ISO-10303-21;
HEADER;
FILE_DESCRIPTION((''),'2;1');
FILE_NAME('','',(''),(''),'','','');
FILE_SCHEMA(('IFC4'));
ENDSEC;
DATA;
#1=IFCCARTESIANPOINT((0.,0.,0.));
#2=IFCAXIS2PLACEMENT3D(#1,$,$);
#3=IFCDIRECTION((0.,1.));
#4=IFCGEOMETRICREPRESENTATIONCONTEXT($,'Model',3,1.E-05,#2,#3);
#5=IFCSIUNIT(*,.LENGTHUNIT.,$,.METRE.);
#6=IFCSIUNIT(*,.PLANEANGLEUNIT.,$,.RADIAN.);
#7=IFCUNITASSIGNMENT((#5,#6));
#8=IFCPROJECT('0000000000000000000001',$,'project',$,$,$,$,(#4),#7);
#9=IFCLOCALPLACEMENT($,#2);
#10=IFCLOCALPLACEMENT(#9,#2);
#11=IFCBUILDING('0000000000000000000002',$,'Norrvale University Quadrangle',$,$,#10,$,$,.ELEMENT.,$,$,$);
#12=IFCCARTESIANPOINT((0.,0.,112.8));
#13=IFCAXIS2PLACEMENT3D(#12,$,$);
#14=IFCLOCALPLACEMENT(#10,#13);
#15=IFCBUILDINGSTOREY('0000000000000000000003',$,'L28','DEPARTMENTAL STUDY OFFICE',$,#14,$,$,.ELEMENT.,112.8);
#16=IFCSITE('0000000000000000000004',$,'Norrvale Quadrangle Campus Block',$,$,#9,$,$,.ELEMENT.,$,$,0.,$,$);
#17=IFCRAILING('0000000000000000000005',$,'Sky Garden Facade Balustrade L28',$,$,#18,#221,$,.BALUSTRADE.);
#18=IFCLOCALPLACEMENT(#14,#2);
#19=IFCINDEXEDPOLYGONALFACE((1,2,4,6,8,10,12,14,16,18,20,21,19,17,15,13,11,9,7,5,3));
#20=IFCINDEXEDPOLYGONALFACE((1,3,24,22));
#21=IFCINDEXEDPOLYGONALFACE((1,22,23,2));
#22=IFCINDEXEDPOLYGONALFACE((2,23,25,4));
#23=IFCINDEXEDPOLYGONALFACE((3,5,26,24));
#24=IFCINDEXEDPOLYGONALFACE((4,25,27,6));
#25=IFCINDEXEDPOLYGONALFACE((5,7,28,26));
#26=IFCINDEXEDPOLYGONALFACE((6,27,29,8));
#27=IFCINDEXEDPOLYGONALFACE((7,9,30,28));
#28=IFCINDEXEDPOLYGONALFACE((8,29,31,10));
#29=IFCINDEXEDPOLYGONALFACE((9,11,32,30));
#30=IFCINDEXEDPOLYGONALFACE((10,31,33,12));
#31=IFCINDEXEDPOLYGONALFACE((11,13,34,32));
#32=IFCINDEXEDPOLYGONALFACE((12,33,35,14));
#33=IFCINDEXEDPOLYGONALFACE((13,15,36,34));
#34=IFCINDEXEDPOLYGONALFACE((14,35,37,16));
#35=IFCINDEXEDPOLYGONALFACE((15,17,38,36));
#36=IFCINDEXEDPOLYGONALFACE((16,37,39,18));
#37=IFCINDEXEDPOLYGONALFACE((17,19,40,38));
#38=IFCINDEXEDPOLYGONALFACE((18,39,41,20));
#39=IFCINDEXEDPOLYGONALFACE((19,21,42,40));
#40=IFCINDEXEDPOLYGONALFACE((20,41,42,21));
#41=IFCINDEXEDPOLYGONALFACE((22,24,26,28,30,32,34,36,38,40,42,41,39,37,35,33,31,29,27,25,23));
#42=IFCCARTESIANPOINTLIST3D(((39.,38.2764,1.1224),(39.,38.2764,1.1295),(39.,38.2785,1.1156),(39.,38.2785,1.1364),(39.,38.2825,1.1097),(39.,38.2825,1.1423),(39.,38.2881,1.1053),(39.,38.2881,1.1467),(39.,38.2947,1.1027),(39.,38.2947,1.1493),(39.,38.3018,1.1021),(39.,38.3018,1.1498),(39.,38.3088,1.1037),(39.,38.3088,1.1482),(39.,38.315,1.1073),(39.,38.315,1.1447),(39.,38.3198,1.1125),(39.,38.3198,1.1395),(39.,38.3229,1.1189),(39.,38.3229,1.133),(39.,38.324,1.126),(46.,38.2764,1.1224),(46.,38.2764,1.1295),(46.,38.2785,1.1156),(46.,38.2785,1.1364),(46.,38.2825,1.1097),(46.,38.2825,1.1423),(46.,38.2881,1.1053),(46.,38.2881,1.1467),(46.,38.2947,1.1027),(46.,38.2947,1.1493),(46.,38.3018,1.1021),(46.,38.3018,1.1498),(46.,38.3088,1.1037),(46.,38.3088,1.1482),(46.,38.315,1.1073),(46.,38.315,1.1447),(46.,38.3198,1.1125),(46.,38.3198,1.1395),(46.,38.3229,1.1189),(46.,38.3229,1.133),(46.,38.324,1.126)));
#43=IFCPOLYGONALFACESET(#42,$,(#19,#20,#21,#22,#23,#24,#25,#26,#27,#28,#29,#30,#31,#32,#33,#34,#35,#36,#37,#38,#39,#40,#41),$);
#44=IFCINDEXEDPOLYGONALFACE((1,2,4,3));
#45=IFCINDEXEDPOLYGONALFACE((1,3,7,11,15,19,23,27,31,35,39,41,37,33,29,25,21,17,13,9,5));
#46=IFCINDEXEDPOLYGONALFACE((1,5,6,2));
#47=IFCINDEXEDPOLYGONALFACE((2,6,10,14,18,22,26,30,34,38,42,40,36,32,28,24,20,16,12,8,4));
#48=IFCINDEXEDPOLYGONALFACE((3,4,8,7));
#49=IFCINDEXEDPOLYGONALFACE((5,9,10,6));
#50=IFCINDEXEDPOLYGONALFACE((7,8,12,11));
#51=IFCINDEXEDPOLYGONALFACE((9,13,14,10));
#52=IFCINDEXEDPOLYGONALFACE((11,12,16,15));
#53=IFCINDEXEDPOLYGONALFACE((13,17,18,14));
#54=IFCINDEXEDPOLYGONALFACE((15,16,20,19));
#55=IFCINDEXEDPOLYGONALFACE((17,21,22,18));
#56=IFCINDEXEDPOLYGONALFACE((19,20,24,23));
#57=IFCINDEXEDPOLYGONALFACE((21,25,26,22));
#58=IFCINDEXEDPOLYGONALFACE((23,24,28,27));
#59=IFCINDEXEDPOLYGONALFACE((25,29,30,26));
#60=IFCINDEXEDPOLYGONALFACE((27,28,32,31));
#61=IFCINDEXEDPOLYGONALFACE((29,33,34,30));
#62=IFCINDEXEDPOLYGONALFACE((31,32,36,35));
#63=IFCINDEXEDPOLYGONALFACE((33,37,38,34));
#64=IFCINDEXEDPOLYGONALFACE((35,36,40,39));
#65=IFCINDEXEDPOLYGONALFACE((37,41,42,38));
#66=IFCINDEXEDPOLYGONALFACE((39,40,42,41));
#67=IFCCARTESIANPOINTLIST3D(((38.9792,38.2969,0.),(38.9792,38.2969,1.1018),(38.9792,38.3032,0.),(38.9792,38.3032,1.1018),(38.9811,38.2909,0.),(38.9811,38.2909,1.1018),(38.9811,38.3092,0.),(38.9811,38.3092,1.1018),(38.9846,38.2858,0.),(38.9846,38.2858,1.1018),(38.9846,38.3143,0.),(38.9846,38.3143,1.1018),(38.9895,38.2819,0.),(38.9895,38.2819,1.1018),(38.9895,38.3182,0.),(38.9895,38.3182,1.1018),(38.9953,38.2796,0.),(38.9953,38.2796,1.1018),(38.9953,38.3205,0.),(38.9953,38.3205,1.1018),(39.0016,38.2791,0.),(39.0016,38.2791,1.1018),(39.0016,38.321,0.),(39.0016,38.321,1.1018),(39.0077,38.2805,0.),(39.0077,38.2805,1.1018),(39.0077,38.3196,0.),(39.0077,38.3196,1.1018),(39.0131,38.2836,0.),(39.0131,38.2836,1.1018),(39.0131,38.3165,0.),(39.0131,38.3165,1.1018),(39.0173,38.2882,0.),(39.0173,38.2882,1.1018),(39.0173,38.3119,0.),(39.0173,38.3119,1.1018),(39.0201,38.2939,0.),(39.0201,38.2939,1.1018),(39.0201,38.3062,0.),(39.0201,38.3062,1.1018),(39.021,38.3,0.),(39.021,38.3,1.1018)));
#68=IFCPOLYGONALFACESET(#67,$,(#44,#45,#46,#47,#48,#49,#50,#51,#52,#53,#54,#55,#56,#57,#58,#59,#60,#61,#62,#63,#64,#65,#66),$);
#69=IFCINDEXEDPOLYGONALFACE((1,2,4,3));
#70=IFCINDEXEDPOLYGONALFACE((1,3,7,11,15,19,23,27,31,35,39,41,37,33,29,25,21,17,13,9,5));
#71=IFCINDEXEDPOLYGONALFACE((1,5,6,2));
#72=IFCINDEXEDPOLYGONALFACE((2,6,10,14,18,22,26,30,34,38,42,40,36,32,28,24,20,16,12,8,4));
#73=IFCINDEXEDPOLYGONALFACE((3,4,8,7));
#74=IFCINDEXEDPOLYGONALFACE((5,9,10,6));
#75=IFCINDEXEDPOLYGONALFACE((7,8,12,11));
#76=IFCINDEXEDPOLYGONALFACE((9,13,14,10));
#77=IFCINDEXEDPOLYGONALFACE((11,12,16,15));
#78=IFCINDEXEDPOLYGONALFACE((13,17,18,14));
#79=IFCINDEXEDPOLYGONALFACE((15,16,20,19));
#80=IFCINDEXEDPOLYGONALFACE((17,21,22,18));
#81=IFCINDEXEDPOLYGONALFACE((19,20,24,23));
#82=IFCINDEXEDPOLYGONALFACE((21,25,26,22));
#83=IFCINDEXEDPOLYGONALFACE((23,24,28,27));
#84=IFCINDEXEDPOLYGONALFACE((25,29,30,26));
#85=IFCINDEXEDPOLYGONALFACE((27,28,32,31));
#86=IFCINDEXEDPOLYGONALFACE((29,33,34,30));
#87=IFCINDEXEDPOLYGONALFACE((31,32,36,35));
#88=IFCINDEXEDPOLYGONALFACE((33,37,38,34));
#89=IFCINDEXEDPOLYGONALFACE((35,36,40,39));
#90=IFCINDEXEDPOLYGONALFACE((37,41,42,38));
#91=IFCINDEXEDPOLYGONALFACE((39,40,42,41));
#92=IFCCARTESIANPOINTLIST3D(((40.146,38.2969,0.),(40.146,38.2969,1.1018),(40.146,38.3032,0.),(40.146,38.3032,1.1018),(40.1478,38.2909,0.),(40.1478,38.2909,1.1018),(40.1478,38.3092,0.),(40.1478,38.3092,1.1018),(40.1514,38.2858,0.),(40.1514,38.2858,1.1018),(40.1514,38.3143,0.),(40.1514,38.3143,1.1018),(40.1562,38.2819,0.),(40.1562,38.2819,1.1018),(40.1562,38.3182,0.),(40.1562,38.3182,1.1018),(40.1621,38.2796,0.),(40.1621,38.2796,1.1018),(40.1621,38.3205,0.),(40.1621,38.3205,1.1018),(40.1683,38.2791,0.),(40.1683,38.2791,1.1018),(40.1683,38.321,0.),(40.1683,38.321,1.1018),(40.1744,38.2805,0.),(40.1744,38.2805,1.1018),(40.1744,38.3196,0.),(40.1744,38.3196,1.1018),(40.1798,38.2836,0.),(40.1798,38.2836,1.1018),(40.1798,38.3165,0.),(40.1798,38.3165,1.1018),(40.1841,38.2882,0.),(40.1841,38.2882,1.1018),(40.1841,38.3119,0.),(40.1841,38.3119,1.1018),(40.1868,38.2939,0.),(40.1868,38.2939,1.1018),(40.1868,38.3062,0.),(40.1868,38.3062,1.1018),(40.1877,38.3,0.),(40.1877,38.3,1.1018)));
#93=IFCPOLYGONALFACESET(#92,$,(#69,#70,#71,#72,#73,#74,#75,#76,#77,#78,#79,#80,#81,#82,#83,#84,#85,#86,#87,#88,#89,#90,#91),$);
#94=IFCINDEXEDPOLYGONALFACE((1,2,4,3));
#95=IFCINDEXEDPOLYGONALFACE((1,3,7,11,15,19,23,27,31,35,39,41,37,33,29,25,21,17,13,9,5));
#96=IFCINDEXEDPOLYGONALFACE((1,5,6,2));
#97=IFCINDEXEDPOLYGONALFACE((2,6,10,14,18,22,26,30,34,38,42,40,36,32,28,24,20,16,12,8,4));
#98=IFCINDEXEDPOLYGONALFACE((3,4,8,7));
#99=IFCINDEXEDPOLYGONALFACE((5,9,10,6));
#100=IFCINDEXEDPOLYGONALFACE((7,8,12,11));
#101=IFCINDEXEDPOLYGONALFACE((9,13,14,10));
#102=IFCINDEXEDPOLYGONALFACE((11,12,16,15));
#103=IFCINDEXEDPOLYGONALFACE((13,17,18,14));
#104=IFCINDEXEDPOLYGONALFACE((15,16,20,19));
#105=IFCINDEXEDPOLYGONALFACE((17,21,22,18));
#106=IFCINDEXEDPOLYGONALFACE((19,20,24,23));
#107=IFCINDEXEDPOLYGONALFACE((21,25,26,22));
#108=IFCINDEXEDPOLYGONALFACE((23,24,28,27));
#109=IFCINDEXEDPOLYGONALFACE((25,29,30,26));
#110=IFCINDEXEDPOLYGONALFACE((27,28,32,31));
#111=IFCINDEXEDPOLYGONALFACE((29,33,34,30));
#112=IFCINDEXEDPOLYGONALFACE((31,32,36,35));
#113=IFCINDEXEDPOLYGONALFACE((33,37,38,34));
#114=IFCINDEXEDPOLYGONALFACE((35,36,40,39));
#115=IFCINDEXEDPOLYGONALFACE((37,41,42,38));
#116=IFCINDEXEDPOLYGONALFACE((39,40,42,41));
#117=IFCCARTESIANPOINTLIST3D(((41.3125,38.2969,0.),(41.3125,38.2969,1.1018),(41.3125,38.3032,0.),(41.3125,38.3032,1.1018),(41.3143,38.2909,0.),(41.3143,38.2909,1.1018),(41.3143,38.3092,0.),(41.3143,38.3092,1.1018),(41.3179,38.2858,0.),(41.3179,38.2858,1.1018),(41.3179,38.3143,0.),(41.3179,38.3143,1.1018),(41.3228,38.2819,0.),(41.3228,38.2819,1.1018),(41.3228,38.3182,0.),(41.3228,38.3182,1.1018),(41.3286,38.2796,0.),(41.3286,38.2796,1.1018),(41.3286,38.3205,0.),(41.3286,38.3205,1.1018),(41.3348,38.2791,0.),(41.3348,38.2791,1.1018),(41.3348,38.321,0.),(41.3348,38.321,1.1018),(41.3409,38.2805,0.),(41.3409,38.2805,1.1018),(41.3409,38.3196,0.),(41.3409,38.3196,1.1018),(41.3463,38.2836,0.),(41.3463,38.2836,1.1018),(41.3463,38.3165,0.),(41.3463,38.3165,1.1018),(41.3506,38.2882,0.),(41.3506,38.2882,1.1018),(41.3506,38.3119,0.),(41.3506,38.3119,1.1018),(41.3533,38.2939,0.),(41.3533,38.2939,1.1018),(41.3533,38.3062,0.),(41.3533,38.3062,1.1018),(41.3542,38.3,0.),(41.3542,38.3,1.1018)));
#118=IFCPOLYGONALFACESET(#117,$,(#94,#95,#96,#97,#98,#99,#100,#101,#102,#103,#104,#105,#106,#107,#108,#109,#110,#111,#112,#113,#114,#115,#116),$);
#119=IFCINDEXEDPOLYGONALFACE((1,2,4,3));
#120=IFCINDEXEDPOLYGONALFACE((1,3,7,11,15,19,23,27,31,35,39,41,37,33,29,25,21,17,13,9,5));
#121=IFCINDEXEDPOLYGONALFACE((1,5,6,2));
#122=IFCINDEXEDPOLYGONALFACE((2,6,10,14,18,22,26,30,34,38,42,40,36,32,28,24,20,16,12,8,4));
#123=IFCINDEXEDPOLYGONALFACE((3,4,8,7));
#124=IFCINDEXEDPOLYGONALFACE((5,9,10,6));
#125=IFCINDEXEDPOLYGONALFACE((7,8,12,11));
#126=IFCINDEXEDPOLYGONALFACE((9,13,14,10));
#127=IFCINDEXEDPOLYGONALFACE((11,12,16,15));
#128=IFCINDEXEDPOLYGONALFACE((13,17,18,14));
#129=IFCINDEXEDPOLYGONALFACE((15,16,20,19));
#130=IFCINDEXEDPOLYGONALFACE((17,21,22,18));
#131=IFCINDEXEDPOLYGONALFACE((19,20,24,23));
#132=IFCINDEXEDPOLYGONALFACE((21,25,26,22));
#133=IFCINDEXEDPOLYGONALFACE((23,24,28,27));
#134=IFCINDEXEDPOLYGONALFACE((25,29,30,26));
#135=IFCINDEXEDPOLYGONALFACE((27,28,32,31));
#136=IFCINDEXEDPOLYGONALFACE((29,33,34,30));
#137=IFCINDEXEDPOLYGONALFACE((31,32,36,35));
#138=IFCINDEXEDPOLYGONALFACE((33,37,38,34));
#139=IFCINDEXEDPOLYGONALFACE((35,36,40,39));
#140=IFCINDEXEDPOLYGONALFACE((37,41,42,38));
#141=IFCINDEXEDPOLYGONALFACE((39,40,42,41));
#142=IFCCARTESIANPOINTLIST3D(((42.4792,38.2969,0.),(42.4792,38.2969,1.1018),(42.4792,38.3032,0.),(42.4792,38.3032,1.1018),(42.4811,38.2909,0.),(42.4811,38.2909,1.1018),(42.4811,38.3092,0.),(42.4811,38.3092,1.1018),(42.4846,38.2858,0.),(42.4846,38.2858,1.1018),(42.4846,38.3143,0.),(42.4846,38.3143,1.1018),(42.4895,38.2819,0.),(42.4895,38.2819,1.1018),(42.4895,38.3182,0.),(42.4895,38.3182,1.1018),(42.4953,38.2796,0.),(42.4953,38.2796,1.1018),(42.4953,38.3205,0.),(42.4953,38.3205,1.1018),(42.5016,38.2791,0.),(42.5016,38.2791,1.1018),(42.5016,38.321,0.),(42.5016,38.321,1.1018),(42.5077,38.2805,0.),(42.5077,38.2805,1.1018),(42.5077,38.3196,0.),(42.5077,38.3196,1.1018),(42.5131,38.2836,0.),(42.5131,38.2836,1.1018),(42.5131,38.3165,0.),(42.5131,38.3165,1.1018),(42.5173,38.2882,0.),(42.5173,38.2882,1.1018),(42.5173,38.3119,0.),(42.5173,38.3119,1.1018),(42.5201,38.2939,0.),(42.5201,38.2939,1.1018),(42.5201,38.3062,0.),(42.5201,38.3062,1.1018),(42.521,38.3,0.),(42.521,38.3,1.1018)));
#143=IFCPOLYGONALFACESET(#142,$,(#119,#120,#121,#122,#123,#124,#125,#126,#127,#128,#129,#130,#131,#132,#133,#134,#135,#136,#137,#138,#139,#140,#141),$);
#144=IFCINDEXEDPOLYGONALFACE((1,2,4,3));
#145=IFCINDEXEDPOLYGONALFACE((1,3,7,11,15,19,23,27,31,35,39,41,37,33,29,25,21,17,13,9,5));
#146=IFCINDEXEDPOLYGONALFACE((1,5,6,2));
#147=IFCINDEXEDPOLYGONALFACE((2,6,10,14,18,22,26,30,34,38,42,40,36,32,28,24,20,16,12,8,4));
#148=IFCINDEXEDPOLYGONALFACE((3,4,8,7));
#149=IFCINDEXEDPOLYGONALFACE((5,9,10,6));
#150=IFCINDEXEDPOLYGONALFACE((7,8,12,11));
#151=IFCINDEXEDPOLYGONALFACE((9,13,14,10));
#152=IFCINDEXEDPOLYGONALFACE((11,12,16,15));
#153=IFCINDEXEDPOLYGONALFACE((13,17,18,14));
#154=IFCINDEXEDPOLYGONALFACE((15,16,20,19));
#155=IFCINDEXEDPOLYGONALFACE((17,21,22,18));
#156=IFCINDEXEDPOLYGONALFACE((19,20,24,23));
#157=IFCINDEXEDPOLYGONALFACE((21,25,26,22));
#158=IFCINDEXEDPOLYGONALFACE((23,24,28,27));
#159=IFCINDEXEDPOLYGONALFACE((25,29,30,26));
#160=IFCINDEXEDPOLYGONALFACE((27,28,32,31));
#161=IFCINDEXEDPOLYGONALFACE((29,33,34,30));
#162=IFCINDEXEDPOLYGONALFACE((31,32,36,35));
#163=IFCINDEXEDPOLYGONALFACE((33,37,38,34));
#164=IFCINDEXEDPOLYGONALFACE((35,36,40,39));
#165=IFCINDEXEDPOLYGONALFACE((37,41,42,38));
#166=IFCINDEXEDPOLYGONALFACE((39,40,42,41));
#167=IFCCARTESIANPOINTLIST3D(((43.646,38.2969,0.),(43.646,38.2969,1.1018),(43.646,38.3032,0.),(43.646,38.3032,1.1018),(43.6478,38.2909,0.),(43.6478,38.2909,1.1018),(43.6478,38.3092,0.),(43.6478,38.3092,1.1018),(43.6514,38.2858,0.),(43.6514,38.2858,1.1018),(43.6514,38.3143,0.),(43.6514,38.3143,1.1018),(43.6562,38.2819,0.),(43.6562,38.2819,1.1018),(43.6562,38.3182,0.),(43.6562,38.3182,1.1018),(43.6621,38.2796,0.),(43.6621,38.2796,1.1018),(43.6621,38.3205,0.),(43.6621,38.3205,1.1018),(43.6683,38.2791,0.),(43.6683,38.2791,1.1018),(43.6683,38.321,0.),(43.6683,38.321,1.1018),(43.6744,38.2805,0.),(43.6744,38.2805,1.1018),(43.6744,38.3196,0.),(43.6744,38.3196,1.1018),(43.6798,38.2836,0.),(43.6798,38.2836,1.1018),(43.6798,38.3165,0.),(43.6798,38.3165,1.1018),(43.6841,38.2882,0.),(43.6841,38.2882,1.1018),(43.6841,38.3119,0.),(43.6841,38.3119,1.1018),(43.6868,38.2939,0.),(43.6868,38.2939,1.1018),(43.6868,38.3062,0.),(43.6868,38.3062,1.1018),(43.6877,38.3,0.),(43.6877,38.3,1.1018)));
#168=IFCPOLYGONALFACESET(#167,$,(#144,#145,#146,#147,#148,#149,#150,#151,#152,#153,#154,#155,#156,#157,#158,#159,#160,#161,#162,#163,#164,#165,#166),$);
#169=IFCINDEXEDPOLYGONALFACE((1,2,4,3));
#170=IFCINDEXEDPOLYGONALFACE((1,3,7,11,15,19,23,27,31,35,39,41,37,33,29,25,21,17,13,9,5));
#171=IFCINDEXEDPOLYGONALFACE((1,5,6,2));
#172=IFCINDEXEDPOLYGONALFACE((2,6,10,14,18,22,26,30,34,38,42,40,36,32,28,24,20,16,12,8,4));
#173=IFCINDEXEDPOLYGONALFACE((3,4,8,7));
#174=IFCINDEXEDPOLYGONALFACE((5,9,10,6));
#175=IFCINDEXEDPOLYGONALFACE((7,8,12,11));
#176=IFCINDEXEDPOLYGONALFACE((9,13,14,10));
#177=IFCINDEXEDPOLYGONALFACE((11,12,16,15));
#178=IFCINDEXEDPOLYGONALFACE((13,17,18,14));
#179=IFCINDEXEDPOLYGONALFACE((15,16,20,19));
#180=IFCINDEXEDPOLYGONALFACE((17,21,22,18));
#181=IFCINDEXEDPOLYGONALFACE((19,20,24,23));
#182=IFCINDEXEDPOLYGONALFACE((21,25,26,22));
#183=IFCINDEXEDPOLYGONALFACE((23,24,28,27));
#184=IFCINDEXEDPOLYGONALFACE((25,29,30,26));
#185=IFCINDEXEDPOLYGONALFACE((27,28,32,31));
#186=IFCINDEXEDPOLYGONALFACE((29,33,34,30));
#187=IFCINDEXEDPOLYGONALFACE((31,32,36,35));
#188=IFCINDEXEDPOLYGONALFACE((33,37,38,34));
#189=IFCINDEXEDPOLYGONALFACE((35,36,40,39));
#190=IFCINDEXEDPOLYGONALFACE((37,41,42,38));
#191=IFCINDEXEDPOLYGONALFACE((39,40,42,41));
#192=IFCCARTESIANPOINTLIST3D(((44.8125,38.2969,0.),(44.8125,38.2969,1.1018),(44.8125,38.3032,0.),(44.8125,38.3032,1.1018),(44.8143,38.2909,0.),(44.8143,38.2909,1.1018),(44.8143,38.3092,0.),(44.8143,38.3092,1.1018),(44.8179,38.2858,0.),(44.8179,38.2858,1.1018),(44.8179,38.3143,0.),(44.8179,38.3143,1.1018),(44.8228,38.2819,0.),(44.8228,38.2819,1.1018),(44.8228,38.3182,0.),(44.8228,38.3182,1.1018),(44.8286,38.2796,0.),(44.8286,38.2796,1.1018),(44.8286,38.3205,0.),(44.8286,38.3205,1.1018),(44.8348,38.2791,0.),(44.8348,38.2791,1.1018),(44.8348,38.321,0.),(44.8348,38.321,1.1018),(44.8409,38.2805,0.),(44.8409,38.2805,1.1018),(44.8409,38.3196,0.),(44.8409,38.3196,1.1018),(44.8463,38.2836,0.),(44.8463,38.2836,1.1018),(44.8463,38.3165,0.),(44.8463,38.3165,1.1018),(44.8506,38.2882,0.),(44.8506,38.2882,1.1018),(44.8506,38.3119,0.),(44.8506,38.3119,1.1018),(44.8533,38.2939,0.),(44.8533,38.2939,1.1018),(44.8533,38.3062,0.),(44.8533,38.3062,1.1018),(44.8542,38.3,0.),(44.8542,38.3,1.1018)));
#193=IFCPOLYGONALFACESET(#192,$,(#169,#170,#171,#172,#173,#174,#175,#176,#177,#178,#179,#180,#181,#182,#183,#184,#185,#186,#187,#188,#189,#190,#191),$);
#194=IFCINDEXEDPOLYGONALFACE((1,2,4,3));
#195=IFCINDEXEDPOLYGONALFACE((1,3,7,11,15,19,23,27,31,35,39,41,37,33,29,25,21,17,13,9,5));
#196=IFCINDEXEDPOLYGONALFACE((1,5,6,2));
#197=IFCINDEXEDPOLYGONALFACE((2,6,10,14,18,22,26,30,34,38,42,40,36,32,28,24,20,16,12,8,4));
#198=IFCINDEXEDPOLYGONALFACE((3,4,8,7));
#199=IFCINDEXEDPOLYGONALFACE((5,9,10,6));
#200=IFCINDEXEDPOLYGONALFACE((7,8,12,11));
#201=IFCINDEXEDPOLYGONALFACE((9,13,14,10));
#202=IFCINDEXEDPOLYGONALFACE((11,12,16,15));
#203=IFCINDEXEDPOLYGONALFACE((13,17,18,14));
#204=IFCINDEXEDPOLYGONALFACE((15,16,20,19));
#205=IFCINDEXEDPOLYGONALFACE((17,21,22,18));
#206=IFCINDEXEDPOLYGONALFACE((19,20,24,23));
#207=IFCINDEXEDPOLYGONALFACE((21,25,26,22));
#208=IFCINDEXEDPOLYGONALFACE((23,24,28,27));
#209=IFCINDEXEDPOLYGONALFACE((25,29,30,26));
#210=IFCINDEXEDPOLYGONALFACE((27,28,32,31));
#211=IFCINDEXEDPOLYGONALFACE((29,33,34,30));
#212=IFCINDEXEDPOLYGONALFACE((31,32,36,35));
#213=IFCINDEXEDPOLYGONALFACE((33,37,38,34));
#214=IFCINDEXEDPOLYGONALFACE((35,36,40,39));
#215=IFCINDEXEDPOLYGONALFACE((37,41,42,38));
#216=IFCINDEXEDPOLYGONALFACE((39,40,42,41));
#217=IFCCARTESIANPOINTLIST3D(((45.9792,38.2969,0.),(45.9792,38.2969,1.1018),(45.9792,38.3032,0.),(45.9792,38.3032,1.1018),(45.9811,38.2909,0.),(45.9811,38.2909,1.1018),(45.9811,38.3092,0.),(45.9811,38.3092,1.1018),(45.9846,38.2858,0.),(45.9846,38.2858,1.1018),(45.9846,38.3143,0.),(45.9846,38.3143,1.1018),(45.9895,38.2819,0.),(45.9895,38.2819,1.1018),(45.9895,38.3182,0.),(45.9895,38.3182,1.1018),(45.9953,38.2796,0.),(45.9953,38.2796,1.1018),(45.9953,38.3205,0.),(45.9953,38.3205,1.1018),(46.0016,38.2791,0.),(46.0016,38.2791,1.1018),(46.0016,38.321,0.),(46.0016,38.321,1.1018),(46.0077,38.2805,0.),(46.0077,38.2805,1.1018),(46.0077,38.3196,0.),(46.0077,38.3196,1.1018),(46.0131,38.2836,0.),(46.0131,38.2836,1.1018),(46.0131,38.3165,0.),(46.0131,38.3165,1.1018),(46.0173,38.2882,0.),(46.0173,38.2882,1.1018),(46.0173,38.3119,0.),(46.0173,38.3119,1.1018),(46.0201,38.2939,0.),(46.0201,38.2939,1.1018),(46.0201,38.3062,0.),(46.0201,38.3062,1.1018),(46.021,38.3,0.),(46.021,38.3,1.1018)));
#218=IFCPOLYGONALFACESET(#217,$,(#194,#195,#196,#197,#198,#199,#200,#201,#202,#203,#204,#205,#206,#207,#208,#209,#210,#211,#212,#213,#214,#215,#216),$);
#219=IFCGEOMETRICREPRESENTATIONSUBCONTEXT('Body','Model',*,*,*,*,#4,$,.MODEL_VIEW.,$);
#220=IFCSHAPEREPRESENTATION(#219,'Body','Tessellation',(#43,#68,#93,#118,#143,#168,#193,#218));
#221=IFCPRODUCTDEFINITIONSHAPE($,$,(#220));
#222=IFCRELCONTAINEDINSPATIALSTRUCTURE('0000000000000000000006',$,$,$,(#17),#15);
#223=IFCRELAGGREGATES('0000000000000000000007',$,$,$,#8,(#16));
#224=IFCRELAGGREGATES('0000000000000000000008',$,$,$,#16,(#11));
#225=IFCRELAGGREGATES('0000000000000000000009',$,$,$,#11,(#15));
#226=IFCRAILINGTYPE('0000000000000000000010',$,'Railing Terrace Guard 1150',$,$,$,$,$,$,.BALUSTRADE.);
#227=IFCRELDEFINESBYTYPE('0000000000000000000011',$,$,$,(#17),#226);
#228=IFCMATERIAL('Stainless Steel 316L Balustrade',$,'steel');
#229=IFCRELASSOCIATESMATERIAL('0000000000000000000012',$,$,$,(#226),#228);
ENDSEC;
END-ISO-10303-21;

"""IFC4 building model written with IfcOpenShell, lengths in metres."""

from ifc_helpers import new_model, si_unit, direction, frame, origin, origin_2d, place, context, subcontext, project, spatial, circle, extrude, material, type_object, element, save


model = new_model("IFC4")

# Units and contexts
model_context = context("Model", 3, precision=1e-05, world=origin(), true_north=direction((0.0, 1.0)))
body_context = subcontext(model_context, "Body", "Model", "MODEL_VIEW")
ifc_project = project(units=[si_unit("LENGTHUNIT", "METRE"), si_unit("PLANEANGLEUNIT", "RADIAN")], contexts=[model_context])

# Site, building, storey
site_placement = place(None, origin())
site = spatial("IfcSite", under=ifc_project, at=site_placement, Name="Norrvale Quadrangle Campus Block", CompositionType="ELEMENT", RefElevation=0.0)
building_placement = place(site_placement, origin())
building = spatial("IfcBuilding", under=site, at=building_placement, Name="Norrvale University Quadrangle", CompositionType="ELEMENT")
storey_placement = place(building_placement, frame((0.0, 0.0, 112.8)))
storey = spatial("IfcBuildingStorey", under=building, at=storey_placement, Name="L28", Description="DEPARTMENTAL STUDY OFFICE", CompositionType="ELEMENT", Elevation=112.8)

# Railing
ifc_material_1 = material(Name="Stainless Steel 316L Balustrade", Category="steel")
railing_type = type_object("IfcRailingType", Name="Railing Terrace Guard 1150", PredefinedType="BALUSTRADE", material=ifc_material_1)
railing_placement = place(storey_placement, frame((39.0, 38.3, 0.0)))
element("IfcRailing", 1, at=railing_placement, inside=storey, type_object=railing_type, Name="Sky Garden Facade Balustrade L28", PredefinedType="BALUSTRADE", context=body_context, shape_type="SweptSolid", body=[
    extrude(circle(Radius=0.0239, at=origin_2d()), frame((0.0, 0.0, 1.126), z_axis=(1.0, 0.0, 0.0), x_axis=(0.0, 1.0, 0.0)), (0.0, 0.0, 1.0), 7.0),
    extrude(circle(Radius=0.021, at=origin_2d()), origin(), (0.0, 0.0, 1.0), 1.1018),
    extrude(circle(Radius=0.021, at=origin_2d()), frame((1.1667, 0.0, 0.0)), (0.0, 0.0, 1.0), 1.1018),
    extrude(circle(Radius=0.021, at=origin_2d()), frame((2.3333, 0.0, 0.0)), (0.0, 0.0, 1.0), 1.1018),
    extrude(circle(Radius=0.021, at=origin_2d()), frame((3.5, 0.0, 0.0)), (0.0, 0.0, 1.0), 1.1018),
    extrude(circle(Radius=0.021, at=origin_2d()), frame((4.6667, 0.0, 0.0)), (0.0, 0.0, 1.0), 1.1018),
    extrude(circle(Radius=0.021, at=origin_2d()), frame((5.8333, 0.0, 0.0)), (0.0, 0.0, 1.0), 1.1018),
    extrude(circle(Radius=0.021, at=origin_2d()), frame((7.0, 0.0, 0.0)), (0.0, 0.0, 1.0), 1.1018),
])

save(model, "model.ifc")
